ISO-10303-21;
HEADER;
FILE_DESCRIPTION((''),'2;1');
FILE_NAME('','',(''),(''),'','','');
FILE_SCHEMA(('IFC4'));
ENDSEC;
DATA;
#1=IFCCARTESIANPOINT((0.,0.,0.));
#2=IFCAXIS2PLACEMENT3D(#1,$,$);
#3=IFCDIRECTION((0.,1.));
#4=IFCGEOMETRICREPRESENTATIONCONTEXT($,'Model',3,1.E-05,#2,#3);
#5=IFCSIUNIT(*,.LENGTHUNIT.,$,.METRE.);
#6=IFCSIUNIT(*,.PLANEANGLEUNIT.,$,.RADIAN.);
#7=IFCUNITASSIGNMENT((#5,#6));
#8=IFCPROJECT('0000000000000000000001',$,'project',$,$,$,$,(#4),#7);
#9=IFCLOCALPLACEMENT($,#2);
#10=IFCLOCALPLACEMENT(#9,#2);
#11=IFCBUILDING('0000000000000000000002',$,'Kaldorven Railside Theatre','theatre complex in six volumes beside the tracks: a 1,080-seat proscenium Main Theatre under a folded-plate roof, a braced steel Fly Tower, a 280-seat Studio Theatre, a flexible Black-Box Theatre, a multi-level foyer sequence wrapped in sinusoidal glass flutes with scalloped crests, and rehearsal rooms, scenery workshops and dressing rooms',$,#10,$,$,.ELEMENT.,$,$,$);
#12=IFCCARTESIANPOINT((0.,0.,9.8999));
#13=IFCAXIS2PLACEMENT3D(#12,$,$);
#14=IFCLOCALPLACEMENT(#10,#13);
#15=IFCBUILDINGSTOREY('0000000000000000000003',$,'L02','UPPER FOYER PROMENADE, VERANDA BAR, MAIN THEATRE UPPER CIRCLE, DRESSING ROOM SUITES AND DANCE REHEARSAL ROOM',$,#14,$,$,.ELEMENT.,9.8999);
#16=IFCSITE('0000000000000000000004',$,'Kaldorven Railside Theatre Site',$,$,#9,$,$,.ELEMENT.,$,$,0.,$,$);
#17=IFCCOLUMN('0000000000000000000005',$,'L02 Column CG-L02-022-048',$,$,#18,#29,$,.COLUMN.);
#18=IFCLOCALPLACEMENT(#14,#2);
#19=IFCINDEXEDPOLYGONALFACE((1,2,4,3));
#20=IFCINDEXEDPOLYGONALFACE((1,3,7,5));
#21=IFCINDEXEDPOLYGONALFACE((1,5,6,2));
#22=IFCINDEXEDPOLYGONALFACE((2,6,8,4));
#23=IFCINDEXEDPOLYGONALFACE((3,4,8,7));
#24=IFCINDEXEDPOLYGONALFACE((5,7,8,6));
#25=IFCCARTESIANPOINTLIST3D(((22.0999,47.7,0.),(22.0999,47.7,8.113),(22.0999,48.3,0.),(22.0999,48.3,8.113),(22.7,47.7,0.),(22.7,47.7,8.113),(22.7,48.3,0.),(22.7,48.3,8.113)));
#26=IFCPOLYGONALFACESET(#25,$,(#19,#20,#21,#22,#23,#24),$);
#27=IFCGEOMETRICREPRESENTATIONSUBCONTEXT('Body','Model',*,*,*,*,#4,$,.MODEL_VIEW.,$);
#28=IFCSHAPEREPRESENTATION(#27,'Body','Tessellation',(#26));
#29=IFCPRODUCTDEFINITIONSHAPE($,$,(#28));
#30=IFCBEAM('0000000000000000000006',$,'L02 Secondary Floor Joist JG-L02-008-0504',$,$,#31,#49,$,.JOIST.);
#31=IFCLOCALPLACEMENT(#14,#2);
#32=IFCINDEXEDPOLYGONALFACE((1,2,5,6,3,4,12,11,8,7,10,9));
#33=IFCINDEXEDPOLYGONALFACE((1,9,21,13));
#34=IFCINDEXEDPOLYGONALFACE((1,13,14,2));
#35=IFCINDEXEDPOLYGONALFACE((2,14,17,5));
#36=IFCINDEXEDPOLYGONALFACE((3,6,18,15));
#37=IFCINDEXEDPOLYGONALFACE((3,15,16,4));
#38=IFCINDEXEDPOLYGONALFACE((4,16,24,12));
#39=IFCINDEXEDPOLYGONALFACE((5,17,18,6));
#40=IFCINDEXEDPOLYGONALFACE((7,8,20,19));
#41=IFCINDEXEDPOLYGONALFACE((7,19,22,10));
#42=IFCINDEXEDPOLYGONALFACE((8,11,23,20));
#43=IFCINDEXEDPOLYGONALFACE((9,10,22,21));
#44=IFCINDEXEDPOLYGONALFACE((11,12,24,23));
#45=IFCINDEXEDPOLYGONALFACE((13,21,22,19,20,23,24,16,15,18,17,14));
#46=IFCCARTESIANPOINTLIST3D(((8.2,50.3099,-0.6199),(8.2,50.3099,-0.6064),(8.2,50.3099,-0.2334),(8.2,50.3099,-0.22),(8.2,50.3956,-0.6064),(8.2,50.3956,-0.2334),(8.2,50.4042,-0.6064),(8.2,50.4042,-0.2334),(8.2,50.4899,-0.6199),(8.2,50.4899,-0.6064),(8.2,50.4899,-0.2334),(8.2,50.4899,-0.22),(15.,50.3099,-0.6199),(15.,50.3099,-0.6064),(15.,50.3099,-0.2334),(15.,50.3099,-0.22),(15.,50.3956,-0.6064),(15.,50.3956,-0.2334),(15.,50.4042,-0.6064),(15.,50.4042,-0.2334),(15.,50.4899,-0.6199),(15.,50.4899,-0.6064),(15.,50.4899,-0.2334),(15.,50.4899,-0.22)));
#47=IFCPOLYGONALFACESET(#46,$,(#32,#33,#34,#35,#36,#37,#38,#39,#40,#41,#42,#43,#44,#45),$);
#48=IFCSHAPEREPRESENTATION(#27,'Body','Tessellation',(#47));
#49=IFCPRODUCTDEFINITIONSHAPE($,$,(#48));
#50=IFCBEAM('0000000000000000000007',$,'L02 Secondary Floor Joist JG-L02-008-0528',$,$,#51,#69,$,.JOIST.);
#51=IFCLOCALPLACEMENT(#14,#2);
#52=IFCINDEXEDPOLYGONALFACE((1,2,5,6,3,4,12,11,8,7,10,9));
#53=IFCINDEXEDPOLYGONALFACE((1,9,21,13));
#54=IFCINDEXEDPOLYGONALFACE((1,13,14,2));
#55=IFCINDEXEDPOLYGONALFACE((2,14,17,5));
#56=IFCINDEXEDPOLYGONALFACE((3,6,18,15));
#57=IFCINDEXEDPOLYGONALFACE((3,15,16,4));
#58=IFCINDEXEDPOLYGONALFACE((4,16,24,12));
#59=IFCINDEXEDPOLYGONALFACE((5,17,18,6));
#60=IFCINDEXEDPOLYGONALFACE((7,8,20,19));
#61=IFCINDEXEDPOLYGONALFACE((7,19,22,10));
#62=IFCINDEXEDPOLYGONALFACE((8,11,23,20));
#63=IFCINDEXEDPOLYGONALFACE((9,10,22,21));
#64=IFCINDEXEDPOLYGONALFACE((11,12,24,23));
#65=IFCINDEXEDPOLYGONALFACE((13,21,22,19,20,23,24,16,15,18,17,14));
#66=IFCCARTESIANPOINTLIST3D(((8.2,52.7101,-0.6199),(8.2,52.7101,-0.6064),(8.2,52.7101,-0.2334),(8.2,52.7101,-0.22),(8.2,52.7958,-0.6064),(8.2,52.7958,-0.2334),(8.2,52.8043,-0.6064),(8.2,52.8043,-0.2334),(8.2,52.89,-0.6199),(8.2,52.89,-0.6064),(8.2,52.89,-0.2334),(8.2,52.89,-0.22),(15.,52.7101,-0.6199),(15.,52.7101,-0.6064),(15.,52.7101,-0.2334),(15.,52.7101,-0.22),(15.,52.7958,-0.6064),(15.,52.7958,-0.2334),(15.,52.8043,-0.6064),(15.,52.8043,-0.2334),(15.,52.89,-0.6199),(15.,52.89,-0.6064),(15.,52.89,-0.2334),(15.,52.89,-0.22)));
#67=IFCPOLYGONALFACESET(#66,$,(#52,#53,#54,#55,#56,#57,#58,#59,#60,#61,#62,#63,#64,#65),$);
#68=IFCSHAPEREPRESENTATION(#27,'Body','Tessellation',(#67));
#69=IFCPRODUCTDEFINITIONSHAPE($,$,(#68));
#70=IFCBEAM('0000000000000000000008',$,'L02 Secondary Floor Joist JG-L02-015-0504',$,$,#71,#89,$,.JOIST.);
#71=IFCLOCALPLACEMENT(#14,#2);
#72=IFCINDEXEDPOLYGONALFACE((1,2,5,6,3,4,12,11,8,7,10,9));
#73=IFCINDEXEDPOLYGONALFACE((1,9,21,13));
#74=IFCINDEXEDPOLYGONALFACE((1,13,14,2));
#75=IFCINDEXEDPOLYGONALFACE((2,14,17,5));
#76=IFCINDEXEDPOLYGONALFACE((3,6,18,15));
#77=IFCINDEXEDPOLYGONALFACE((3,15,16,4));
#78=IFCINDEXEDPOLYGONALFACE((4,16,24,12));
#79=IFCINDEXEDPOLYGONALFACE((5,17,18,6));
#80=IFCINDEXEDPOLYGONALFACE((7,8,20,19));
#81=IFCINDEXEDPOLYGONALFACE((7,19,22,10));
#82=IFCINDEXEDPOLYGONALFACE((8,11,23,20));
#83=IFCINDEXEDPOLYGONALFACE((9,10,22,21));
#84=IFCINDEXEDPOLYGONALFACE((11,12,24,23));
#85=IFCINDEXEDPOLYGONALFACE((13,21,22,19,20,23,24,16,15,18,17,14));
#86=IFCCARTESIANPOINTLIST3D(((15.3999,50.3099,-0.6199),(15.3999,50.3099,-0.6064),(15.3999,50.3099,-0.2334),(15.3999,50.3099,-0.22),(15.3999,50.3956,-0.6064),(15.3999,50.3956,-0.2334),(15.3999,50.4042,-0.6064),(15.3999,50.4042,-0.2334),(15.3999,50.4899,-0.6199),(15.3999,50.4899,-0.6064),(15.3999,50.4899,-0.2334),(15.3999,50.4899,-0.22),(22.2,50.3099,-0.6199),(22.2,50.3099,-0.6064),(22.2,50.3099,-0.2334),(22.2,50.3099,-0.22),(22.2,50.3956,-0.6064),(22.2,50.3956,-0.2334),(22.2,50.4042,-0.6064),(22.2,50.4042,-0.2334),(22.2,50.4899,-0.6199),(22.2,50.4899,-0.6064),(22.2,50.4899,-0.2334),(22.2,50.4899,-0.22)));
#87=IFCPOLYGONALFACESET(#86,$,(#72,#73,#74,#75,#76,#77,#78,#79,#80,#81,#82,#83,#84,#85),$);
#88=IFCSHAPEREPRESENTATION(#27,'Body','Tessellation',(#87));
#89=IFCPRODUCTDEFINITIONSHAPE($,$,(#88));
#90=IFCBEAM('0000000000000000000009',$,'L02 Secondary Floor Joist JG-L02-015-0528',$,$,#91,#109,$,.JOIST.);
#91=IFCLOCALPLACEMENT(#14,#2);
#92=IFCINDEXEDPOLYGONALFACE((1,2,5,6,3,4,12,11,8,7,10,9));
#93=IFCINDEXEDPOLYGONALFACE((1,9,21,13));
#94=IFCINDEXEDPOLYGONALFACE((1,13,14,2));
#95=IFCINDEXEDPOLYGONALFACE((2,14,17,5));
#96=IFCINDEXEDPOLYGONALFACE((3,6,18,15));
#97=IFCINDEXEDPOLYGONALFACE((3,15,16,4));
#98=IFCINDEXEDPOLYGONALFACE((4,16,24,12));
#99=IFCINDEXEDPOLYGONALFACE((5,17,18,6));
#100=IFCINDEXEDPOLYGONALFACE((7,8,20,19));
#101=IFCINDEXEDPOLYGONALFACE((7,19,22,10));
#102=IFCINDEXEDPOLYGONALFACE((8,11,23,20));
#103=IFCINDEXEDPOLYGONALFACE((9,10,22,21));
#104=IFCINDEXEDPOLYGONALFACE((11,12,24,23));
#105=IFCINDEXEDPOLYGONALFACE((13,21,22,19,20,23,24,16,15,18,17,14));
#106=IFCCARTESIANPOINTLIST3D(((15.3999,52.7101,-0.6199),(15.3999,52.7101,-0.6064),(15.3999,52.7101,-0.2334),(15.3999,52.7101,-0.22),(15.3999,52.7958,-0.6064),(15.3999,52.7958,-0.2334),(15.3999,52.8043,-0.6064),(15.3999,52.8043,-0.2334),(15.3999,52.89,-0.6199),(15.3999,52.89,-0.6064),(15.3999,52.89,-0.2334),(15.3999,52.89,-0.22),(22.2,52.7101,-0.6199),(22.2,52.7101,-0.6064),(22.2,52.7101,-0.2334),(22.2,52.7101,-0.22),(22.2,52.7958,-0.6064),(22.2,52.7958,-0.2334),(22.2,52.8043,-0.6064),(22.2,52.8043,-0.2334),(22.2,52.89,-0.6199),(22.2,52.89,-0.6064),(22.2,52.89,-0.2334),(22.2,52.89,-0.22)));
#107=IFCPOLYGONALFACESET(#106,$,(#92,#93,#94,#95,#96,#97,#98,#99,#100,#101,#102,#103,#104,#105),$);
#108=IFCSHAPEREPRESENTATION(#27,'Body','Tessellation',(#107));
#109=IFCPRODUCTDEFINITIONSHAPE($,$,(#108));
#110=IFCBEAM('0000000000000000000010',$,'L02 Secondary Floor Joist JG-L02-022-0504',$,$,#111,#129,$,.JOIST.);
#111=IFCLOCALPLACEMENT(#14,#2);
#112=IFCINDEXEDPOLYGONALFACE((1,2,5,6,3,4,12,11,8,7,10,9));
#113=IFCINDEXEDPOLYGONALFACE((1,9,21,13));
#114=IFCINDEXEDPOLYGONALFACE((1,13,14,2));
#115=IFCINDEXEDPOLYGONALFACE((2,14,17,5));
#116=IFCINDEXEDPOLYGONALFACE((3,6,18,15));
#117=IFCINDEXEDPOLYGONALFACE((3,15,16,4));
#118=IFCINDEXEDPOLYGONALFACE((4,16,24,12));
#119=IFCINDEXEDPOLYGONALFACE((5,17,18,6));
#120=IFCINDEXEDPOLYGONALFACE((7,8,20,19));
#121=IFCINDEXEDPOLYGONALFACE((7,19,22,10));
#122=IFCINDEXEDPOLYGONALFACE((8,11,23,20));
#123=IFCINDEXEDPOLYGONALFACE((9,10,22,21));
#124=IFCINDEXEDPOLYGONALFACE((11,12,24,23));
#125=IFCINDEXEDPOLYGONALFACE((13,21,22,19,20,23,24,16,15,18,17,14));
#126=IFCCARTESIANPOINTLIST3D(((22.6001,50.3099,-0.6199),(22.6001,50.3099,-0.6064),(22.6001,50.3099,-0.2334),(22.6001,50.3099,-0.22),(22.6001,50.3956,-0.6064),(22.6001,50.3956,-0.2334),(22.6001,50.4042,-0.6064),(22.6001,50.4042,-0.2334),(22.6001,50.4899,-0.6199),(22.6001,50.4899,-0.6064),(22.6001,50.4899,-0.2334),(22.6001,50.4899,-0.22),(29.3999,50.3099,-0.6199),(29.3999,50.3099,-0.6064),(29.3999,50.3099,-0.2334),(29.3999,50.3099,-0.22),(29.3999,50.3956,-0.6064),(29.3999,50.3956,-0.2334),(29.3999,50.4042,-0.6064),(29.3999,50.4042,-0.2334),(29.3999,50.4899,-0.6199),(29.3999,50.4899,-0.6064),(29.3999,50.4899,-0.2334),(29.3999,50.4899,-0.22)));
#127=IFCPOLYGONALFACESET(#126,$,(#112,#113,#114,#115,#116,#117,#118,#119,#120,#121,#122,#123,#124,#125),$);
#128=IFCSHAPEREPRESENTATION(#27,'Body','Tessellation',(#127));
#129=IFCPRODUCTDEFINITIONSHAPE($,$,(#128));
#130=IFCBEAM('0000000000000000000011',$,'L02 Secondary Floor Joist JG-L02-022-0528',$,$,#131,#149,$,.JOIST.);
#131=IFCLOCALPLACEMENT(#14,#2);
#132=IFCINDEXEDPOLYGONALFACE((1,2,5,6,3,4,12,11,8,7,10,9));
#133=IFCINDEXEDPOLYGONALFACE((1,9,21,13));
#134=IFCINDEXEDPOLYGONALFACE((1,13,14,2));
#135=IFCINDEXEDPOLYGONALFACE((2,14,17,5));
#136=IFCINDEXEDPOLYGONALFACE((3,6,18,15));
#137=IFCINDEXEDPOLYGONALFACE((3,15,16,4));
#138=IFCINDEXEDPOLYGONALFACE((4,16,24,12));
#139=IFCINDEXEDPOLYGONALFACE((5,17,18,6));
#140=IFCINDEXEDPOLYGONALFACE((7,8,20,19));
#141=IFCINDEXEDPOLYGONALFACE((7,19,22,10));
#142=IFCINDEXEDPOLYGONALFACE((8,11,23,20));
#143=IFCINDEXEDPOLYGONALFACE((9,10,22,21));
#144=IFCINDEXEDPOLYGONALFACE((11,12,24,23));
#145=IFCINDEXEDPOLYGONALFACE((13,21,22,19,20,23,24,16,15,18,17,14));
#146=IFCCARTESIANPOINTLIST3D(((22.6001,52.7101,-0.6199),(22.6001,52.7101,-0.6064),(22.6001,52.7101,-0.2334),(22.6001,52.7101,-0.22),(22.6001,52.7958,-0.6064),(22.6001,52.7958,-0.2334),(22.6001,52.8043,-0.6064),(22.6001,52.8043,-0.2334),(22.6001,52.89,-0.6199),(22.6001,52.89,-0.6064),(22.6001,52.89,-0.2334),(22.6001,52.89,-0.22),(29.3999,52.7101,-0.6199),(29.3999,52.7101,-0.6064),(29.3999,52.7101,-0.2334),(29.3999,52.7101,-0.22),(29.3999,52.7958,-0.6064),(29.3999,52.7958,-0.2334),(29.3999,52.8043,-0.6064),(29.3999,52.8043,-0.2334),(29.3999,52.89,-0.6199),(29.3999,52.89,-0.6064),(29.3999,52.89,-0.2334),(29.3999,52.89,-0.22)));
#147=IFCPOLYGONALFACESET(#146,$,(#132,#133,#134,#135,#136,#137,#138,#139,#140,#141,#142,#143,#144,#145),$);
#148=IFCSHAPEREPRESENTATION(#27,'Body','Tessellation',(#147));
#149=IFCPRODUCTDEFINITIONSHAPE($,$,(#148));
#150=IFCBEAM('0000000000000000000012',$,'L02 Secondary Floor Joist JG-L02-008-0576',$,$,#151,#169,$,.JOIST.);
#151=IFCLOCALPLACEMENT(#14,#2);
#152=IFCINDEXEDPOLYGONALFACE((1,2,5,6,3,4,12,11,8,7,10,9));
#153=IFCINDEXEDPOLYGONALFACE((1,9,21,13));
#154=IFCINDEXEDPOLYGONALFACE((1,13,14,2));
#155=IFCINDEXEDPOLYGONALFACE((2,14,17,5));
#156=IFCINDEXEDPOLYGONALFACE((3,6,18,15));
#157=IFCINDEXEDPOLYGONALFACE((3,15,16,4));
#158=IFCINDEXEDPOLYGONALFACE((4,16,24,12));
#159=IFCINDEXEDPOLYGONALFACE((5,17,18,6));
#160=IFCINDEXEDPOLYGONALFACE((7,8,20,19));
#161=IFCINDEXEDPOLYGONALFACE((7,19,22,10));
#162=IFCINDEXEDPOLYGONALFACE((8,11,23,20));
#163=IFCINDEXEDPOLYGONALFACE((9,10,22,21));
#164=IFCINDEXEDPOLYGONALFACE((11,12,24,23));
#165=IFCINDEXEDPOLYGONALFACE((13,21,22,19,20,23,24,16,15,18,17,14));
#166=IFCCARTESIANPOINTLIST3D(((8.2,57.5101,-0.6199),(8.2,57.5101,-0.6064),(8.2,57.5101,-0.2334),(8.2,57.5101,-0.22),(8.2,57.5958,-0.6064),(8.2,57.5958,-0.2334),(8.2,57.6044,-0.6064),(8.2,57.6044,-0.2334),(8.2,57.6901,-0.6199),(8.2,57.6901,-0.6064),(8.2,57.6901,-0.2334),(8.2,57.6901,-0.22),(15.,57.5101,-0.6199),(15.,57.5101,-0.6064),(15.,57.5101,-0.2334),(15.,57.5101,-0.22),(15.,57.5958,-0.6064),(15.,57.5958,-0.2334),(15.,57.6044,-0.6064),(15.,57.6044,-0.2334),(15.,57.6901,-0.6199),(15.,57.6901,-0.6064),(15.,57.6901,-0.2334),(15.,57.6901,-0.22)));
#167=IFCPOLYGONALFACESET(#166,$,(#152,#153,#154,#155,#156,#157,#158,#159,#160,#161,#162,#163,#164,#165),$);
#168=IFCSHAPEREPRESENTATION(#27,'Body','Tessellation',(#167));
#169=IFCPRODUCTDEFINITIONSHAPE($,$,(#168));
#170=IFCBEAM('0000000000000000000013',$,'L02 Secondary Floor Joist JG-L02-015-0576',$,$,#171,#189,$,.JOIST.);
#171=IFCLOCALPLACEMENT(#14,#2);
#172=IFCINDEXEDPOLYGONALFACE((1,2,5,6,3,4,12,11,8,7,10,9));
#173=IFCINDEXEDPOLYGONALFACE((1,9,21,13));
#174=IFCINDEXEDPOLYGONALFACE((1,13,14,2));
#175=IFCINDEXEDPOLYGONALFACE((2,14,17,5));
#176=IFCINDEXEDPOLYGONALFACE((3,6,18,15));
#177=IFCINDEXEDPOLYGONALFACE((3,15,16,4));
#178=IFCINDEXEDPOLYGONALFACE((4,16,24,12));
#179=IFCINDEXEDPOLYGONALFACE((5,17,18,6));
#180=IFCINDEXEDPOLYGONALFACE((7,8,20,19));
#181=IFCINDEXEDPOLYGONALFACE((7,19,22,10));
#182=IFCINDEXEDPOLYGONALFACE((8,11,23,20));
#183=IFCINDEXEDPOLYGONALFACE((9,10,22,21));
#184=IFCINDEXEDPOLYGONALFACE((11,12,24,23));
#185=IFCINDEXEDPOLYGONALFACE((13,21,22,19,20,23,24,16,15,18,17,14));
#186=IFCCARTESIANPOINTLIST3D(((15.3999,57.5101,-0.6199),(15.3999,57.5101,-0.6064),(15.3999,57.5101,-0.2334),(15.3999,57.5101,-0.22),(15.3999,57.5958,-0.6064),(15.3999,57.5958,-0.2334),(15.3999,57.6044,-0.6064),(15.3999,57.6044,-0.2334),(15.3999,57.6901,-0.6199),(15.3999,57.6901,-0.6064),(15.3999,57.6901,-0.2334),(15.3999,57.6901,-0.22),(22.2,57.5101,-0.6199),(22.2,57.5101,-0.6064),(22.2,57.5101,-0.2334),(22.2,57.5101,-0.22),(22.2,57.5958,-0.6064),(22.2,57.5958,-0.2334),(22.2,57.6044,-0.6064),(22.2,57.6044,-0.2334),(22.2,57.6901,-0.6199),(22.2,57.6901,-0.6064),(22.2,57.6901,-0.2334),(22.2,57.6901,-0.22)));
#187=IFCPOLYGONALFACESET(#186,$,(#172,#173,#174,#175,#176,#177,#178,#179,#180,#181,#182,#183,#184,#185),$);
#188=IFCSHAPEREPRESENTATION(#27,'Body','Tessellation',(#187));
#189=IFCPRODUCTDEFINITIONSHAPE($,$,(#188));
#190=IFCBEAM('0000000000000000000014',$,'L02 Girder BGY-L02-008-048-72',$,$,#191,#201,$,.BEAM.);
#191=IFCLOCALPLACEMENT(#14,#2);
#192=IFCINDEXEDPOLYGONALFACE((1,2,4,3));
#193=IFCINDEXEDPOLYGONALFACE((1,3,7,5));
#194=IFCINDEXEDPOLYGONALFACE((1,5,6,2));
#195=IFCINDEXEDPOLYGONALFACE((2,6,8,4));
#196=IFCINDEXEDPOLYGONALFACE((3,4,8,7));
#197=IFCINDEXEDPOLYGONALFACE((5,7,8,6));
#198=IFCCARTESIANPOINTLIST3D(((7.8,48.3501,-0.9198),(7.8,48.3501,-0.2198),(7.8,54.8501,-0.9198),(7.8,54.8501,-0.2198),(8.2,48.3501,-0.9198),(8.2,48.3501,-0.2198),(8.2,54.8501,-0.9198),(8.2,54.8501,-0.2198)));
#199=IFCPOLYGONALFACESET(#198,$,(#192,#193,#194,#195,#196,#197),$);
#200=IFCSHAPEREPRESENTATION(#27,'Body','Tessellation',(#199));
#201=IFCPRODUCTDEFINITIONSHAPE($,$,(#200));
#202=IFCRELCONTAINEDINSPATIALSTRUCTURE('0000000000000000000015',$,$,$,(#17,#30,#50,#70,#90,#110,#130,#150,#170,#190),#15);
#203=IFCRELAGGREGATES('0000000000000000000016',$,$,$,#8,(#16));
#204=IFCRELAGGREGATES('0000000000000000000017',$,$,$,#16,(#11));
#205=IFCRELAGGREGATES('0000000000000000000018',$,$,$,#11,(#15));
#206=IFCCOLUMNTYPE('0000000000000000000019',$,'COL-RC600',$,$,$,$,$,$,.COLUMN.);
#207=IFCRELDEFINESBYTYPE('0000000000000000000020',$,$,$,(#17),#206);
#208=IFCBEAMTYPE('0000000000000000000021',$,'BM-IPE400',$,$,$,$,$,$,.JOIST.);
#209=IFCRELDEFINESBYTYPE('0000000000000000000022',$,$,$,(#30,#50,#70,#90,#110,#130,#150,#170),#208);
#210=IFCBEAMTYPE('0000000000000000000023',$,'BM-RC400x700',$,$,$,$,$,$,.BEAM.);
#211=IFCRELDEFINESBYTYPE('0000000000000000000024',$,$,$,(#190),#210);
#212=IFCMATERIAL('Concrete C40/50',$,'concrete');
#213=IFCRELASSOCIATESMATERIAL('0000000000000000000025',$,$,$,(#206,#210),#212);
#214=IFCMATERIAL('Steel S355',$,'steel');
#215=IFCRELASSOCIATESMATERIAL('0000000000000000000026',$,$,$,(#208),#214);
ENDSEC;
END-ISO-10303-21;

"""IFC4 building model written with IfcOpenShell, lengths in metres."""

from ifc_helpers import new_model, si_unit, direction, frame, origin, origin_2d, place, context, subcontext, project, spatial, rectangle, i_section, extrude, material, material_profile, profile_set, type_object, element, save


model = new_model("IFC4")

# Units and contexts
model_context = context("Model", 3, precision=1e-05, world=origin(), true_north=direction((0.0, 1.0)))
body_context = subcontext(model_context, "Body", "Model", "MODEL_VIEW")
ifc_project = project(units=[si_unit("LENGTHUNIT", "METRE"), si_unit("PLANEANGLEUNIT", "RADIAN")], contexts=[model_context])

# Site, building, storey
site_placement = place(None, origin())
site = spatial("IfcSite", under=ifc_project, at=site_placement, Name="Kaldorven Railside Theatre Site", CompositionType="ELEMENT", RefElevation=0.0)
building_placement = place(site_placement, origin())
building = spatial("IfcBuilding", under=site, at=building_placement, Name="Kaldorven Railside Theatre", Description="theatre complex in six volumes beside the tracks: a 1,080-seat proscenium Main Theatre under a folded-plate roof, a braced steel Fly Tower, a 280-seat Studio Theatre, a flexible Black-Box Theatre, a multi-level foyer sequence wrapped in sinusoidal glass flutes with scalloped crests, and rehearsal rooms, scenery workshops and dressing rooms", CompositionType="ELEMENT")
storey_placement = place(building_placement, frame((0.0, 0.0, 9.8999)))
storey = spatial("IfcBuildingStorey", under=building, at=storey_placement, Name="L02", Description="UPPER FOYER PROMENADE, VERANDA BAR, MAIN THEATRE UPPER CIRCLE, DRESSING ROOM SUITES AND DANCE REHEARSAL ROOM", CompositionType="ELEMENT", Elevation=9.8999)

# Column
ifc_material_1 = material(Name="Concrete C40/50", Category="concrete")
ifc_material_profile_1 = material_profile(ifc_material_1, rectangle(XDim=0.6001, YDim=0.6001, at=origin_2d()), Name="RC 600x600")
ifc_profile_set_1 = profile_set([ifc_material_profile_1], Name="Concrete C40/50")
column_type = type_object("IfcColumnType", Name="COL-RC600", PredefinedType="COLUMN", material=ifc_profile_set_1)
column_placement = place(storey_placement, frame((22.3999, 48.0, 0.0), z_axis=(0.0, 0.0, 1.0), x_axis=(1.0, 0.0, 0.0)))
element("IfcColumn", 1, at=column_placement, inside=storey, type_object=column_type, Name="L02 Column CG-L02-022-048", PredefinedType="COLUMN", context=body_context, shape_type="SweptSolid", body=[
    extrude(rectangle(XDim=0.6001, YDim=0.6001, at=origin_2d()), origin(), (0.0, 0.0, 1.0), 8.113),
])

# Beams
ifc_material_2 = material(Name="Steel S355", Category="steel")
ifc_material_profile_2 = material_profile(ifc_material_2, i_section(OverallWidth=0.1799, OverallDepth=0.3999, WebThickness=0.0085, FlangeThickness=0.0134, at=origin_2d()), Name="IPE 400")
ifc_profile_set_2 = profile_set([ifc_material_profile_2], Name="Steel S355")
beam_type_1 = type_object("IfcBeamType", Name="BM-IPE400", PredefinedType="JOIST", material=ifc_profile_set_2)
for number, where, z_axis, x_axis, name in (
    (2, (8.2, 50.3999, -0.4199), (1.0, 0.0, 0.0), (0.0, 1.0, 0.0), "L02 Secondary Floor Joist JG-L02-008-0504"),
    (3, (8.2, 52.8, -0.4199), (1.0, 0.0, 0.0), (0.0, 1.0, 0.0), "L02 Secondary Floor Joist JG-L02-008-0528"),
    (4, (15.3999, 50.3999, -0.4199), (1.0, 0.0, 0.0), (0.0, 1.0, 0.0), "L02 Secondary Floor Joist JG-L02-015-0504"),
    (5, (15.3999, 52.8, -0.4199), (1.0, 0.0, 0.0), (0.0, 1.0, 0.0), "L02 Secondary Floor Joist JG-L02-015-0528"),
):
    element("IfcBeam", number, at=place(storey_placement, frame(where, z_axis=z_axis, x_axis=x_axis)), inside=storey, type_object=beam_type_1, Name=name, PredefinedType="JOIST", context=body_context, shape_type="SweptSolid", body=[
        extrude(i_section(OverallWidth=0.1799, OverallDepth=0.3999, WebThickness=0.0085, FlangeThickness=0.0134, at=origin_2d()), origin(), (0.0, 0.0, 1.0), 6.8),
    ])
for number, where, z_axis, x_axis, name in (
    (6, (22.6001, 50.3999, -0.4199), (1.0, 0.0, 0.0), (0.0, 1.0, 0.0), "L02 Secondary Floor Joist JG-L02-022-0504"),
    (7, (22.6001, 52.8, -0.4199), (1.0, 0.0, 0.0), (0.0, 1.0, 0.0), "L02 Secondary Floor Joist JG-L02-022-0528"),
):
    element("IfcBeam", number, at=place(storey_placement, frame(where, z_axis=z_axis, x_axis=x_axis)), inside=storey, type_object=beam_type_1, Name=name, PredefinedType="JOIST", context=body_context, shape_type="SweptSolid", body=[
        extrude(i_section(OverallWidth=0.1799, OverallDepth=0.3999, WebThickness=0.0085, FlangeThickness=0.0134, at=origin_2d()), origin(), (0.0, 0.0, 1.0), 6.7998),
    ])
for number, where, z_axis, x_axis, name in (
    (8, (8.2, 57.6001, -0.4199), (1.0, 0.0, 0.0), (0.0, 1.0, 0.0), "L02 Secondary Floor Joist JG-L02-008-0576"),
    (9, (15.3999, 57.6001, -0.4199), (1.0, 0.0, 0.0), (0.0, 1.0, 0.0), "L02 Secondary Floor Joist JG-L02-015-0576"),
):
    element("IfcBeam", number, at=place(storey_placement, frame(where, z_axis=z_axis, x_axis=x_axis)), inside=storey, type_object=beam_type_1, Name=name, PredefinedType="JOIST", context=body_context, shape_type="SweptSolid", body=[
        extrude(i_section(OverallWidth=0.1799, OverallDepth=0.3999, WebThickness=0.0085, FlangeThickness=0.0134, at=origin_2d()), origin(), (0.0, 0.0, 1.0), 6.8),
    ])
ifc_material_profile_3 = material_profile(ifc_material_1, rectangle(XDim=0.3999, YDim=0.7, at=origin_2d()), Name="RC 400x700")
ifc_profile_set_3 = profile_set([ifc_material_profile_3], Name="Concrete C40/50")
beam_type_2 = type_object("IfcBeamType", Name="BM-RC400x700", PredefinedType="BEAM", material=ifc_profile_set_3)
for number, where, z_axis, x_axis, name in (
    (10, (8.0, 48.3501, -0.5698), (0.0, 1.0, 0.0), (-1.0, 0.0, 0.0), "L02 Girder BGY-L02-008-048-72"),
):
    element("IfcBeam", number, at=place(storey_placement, frame(where, z_axis=z_axis, x_axis=x_axis)), inside=storey, type_object=beam_type_2, Name=name, PredefinedType="BEAM", context=body_context, shape_type="SweptSolid", body=[
        extrude(rectangle(XDim=0.3999, YDim=0.7, at=origin_2d()), origin(), (0.0, 0.0, 1.0), 6.5),
    ])

save(model, "model.ifc")
